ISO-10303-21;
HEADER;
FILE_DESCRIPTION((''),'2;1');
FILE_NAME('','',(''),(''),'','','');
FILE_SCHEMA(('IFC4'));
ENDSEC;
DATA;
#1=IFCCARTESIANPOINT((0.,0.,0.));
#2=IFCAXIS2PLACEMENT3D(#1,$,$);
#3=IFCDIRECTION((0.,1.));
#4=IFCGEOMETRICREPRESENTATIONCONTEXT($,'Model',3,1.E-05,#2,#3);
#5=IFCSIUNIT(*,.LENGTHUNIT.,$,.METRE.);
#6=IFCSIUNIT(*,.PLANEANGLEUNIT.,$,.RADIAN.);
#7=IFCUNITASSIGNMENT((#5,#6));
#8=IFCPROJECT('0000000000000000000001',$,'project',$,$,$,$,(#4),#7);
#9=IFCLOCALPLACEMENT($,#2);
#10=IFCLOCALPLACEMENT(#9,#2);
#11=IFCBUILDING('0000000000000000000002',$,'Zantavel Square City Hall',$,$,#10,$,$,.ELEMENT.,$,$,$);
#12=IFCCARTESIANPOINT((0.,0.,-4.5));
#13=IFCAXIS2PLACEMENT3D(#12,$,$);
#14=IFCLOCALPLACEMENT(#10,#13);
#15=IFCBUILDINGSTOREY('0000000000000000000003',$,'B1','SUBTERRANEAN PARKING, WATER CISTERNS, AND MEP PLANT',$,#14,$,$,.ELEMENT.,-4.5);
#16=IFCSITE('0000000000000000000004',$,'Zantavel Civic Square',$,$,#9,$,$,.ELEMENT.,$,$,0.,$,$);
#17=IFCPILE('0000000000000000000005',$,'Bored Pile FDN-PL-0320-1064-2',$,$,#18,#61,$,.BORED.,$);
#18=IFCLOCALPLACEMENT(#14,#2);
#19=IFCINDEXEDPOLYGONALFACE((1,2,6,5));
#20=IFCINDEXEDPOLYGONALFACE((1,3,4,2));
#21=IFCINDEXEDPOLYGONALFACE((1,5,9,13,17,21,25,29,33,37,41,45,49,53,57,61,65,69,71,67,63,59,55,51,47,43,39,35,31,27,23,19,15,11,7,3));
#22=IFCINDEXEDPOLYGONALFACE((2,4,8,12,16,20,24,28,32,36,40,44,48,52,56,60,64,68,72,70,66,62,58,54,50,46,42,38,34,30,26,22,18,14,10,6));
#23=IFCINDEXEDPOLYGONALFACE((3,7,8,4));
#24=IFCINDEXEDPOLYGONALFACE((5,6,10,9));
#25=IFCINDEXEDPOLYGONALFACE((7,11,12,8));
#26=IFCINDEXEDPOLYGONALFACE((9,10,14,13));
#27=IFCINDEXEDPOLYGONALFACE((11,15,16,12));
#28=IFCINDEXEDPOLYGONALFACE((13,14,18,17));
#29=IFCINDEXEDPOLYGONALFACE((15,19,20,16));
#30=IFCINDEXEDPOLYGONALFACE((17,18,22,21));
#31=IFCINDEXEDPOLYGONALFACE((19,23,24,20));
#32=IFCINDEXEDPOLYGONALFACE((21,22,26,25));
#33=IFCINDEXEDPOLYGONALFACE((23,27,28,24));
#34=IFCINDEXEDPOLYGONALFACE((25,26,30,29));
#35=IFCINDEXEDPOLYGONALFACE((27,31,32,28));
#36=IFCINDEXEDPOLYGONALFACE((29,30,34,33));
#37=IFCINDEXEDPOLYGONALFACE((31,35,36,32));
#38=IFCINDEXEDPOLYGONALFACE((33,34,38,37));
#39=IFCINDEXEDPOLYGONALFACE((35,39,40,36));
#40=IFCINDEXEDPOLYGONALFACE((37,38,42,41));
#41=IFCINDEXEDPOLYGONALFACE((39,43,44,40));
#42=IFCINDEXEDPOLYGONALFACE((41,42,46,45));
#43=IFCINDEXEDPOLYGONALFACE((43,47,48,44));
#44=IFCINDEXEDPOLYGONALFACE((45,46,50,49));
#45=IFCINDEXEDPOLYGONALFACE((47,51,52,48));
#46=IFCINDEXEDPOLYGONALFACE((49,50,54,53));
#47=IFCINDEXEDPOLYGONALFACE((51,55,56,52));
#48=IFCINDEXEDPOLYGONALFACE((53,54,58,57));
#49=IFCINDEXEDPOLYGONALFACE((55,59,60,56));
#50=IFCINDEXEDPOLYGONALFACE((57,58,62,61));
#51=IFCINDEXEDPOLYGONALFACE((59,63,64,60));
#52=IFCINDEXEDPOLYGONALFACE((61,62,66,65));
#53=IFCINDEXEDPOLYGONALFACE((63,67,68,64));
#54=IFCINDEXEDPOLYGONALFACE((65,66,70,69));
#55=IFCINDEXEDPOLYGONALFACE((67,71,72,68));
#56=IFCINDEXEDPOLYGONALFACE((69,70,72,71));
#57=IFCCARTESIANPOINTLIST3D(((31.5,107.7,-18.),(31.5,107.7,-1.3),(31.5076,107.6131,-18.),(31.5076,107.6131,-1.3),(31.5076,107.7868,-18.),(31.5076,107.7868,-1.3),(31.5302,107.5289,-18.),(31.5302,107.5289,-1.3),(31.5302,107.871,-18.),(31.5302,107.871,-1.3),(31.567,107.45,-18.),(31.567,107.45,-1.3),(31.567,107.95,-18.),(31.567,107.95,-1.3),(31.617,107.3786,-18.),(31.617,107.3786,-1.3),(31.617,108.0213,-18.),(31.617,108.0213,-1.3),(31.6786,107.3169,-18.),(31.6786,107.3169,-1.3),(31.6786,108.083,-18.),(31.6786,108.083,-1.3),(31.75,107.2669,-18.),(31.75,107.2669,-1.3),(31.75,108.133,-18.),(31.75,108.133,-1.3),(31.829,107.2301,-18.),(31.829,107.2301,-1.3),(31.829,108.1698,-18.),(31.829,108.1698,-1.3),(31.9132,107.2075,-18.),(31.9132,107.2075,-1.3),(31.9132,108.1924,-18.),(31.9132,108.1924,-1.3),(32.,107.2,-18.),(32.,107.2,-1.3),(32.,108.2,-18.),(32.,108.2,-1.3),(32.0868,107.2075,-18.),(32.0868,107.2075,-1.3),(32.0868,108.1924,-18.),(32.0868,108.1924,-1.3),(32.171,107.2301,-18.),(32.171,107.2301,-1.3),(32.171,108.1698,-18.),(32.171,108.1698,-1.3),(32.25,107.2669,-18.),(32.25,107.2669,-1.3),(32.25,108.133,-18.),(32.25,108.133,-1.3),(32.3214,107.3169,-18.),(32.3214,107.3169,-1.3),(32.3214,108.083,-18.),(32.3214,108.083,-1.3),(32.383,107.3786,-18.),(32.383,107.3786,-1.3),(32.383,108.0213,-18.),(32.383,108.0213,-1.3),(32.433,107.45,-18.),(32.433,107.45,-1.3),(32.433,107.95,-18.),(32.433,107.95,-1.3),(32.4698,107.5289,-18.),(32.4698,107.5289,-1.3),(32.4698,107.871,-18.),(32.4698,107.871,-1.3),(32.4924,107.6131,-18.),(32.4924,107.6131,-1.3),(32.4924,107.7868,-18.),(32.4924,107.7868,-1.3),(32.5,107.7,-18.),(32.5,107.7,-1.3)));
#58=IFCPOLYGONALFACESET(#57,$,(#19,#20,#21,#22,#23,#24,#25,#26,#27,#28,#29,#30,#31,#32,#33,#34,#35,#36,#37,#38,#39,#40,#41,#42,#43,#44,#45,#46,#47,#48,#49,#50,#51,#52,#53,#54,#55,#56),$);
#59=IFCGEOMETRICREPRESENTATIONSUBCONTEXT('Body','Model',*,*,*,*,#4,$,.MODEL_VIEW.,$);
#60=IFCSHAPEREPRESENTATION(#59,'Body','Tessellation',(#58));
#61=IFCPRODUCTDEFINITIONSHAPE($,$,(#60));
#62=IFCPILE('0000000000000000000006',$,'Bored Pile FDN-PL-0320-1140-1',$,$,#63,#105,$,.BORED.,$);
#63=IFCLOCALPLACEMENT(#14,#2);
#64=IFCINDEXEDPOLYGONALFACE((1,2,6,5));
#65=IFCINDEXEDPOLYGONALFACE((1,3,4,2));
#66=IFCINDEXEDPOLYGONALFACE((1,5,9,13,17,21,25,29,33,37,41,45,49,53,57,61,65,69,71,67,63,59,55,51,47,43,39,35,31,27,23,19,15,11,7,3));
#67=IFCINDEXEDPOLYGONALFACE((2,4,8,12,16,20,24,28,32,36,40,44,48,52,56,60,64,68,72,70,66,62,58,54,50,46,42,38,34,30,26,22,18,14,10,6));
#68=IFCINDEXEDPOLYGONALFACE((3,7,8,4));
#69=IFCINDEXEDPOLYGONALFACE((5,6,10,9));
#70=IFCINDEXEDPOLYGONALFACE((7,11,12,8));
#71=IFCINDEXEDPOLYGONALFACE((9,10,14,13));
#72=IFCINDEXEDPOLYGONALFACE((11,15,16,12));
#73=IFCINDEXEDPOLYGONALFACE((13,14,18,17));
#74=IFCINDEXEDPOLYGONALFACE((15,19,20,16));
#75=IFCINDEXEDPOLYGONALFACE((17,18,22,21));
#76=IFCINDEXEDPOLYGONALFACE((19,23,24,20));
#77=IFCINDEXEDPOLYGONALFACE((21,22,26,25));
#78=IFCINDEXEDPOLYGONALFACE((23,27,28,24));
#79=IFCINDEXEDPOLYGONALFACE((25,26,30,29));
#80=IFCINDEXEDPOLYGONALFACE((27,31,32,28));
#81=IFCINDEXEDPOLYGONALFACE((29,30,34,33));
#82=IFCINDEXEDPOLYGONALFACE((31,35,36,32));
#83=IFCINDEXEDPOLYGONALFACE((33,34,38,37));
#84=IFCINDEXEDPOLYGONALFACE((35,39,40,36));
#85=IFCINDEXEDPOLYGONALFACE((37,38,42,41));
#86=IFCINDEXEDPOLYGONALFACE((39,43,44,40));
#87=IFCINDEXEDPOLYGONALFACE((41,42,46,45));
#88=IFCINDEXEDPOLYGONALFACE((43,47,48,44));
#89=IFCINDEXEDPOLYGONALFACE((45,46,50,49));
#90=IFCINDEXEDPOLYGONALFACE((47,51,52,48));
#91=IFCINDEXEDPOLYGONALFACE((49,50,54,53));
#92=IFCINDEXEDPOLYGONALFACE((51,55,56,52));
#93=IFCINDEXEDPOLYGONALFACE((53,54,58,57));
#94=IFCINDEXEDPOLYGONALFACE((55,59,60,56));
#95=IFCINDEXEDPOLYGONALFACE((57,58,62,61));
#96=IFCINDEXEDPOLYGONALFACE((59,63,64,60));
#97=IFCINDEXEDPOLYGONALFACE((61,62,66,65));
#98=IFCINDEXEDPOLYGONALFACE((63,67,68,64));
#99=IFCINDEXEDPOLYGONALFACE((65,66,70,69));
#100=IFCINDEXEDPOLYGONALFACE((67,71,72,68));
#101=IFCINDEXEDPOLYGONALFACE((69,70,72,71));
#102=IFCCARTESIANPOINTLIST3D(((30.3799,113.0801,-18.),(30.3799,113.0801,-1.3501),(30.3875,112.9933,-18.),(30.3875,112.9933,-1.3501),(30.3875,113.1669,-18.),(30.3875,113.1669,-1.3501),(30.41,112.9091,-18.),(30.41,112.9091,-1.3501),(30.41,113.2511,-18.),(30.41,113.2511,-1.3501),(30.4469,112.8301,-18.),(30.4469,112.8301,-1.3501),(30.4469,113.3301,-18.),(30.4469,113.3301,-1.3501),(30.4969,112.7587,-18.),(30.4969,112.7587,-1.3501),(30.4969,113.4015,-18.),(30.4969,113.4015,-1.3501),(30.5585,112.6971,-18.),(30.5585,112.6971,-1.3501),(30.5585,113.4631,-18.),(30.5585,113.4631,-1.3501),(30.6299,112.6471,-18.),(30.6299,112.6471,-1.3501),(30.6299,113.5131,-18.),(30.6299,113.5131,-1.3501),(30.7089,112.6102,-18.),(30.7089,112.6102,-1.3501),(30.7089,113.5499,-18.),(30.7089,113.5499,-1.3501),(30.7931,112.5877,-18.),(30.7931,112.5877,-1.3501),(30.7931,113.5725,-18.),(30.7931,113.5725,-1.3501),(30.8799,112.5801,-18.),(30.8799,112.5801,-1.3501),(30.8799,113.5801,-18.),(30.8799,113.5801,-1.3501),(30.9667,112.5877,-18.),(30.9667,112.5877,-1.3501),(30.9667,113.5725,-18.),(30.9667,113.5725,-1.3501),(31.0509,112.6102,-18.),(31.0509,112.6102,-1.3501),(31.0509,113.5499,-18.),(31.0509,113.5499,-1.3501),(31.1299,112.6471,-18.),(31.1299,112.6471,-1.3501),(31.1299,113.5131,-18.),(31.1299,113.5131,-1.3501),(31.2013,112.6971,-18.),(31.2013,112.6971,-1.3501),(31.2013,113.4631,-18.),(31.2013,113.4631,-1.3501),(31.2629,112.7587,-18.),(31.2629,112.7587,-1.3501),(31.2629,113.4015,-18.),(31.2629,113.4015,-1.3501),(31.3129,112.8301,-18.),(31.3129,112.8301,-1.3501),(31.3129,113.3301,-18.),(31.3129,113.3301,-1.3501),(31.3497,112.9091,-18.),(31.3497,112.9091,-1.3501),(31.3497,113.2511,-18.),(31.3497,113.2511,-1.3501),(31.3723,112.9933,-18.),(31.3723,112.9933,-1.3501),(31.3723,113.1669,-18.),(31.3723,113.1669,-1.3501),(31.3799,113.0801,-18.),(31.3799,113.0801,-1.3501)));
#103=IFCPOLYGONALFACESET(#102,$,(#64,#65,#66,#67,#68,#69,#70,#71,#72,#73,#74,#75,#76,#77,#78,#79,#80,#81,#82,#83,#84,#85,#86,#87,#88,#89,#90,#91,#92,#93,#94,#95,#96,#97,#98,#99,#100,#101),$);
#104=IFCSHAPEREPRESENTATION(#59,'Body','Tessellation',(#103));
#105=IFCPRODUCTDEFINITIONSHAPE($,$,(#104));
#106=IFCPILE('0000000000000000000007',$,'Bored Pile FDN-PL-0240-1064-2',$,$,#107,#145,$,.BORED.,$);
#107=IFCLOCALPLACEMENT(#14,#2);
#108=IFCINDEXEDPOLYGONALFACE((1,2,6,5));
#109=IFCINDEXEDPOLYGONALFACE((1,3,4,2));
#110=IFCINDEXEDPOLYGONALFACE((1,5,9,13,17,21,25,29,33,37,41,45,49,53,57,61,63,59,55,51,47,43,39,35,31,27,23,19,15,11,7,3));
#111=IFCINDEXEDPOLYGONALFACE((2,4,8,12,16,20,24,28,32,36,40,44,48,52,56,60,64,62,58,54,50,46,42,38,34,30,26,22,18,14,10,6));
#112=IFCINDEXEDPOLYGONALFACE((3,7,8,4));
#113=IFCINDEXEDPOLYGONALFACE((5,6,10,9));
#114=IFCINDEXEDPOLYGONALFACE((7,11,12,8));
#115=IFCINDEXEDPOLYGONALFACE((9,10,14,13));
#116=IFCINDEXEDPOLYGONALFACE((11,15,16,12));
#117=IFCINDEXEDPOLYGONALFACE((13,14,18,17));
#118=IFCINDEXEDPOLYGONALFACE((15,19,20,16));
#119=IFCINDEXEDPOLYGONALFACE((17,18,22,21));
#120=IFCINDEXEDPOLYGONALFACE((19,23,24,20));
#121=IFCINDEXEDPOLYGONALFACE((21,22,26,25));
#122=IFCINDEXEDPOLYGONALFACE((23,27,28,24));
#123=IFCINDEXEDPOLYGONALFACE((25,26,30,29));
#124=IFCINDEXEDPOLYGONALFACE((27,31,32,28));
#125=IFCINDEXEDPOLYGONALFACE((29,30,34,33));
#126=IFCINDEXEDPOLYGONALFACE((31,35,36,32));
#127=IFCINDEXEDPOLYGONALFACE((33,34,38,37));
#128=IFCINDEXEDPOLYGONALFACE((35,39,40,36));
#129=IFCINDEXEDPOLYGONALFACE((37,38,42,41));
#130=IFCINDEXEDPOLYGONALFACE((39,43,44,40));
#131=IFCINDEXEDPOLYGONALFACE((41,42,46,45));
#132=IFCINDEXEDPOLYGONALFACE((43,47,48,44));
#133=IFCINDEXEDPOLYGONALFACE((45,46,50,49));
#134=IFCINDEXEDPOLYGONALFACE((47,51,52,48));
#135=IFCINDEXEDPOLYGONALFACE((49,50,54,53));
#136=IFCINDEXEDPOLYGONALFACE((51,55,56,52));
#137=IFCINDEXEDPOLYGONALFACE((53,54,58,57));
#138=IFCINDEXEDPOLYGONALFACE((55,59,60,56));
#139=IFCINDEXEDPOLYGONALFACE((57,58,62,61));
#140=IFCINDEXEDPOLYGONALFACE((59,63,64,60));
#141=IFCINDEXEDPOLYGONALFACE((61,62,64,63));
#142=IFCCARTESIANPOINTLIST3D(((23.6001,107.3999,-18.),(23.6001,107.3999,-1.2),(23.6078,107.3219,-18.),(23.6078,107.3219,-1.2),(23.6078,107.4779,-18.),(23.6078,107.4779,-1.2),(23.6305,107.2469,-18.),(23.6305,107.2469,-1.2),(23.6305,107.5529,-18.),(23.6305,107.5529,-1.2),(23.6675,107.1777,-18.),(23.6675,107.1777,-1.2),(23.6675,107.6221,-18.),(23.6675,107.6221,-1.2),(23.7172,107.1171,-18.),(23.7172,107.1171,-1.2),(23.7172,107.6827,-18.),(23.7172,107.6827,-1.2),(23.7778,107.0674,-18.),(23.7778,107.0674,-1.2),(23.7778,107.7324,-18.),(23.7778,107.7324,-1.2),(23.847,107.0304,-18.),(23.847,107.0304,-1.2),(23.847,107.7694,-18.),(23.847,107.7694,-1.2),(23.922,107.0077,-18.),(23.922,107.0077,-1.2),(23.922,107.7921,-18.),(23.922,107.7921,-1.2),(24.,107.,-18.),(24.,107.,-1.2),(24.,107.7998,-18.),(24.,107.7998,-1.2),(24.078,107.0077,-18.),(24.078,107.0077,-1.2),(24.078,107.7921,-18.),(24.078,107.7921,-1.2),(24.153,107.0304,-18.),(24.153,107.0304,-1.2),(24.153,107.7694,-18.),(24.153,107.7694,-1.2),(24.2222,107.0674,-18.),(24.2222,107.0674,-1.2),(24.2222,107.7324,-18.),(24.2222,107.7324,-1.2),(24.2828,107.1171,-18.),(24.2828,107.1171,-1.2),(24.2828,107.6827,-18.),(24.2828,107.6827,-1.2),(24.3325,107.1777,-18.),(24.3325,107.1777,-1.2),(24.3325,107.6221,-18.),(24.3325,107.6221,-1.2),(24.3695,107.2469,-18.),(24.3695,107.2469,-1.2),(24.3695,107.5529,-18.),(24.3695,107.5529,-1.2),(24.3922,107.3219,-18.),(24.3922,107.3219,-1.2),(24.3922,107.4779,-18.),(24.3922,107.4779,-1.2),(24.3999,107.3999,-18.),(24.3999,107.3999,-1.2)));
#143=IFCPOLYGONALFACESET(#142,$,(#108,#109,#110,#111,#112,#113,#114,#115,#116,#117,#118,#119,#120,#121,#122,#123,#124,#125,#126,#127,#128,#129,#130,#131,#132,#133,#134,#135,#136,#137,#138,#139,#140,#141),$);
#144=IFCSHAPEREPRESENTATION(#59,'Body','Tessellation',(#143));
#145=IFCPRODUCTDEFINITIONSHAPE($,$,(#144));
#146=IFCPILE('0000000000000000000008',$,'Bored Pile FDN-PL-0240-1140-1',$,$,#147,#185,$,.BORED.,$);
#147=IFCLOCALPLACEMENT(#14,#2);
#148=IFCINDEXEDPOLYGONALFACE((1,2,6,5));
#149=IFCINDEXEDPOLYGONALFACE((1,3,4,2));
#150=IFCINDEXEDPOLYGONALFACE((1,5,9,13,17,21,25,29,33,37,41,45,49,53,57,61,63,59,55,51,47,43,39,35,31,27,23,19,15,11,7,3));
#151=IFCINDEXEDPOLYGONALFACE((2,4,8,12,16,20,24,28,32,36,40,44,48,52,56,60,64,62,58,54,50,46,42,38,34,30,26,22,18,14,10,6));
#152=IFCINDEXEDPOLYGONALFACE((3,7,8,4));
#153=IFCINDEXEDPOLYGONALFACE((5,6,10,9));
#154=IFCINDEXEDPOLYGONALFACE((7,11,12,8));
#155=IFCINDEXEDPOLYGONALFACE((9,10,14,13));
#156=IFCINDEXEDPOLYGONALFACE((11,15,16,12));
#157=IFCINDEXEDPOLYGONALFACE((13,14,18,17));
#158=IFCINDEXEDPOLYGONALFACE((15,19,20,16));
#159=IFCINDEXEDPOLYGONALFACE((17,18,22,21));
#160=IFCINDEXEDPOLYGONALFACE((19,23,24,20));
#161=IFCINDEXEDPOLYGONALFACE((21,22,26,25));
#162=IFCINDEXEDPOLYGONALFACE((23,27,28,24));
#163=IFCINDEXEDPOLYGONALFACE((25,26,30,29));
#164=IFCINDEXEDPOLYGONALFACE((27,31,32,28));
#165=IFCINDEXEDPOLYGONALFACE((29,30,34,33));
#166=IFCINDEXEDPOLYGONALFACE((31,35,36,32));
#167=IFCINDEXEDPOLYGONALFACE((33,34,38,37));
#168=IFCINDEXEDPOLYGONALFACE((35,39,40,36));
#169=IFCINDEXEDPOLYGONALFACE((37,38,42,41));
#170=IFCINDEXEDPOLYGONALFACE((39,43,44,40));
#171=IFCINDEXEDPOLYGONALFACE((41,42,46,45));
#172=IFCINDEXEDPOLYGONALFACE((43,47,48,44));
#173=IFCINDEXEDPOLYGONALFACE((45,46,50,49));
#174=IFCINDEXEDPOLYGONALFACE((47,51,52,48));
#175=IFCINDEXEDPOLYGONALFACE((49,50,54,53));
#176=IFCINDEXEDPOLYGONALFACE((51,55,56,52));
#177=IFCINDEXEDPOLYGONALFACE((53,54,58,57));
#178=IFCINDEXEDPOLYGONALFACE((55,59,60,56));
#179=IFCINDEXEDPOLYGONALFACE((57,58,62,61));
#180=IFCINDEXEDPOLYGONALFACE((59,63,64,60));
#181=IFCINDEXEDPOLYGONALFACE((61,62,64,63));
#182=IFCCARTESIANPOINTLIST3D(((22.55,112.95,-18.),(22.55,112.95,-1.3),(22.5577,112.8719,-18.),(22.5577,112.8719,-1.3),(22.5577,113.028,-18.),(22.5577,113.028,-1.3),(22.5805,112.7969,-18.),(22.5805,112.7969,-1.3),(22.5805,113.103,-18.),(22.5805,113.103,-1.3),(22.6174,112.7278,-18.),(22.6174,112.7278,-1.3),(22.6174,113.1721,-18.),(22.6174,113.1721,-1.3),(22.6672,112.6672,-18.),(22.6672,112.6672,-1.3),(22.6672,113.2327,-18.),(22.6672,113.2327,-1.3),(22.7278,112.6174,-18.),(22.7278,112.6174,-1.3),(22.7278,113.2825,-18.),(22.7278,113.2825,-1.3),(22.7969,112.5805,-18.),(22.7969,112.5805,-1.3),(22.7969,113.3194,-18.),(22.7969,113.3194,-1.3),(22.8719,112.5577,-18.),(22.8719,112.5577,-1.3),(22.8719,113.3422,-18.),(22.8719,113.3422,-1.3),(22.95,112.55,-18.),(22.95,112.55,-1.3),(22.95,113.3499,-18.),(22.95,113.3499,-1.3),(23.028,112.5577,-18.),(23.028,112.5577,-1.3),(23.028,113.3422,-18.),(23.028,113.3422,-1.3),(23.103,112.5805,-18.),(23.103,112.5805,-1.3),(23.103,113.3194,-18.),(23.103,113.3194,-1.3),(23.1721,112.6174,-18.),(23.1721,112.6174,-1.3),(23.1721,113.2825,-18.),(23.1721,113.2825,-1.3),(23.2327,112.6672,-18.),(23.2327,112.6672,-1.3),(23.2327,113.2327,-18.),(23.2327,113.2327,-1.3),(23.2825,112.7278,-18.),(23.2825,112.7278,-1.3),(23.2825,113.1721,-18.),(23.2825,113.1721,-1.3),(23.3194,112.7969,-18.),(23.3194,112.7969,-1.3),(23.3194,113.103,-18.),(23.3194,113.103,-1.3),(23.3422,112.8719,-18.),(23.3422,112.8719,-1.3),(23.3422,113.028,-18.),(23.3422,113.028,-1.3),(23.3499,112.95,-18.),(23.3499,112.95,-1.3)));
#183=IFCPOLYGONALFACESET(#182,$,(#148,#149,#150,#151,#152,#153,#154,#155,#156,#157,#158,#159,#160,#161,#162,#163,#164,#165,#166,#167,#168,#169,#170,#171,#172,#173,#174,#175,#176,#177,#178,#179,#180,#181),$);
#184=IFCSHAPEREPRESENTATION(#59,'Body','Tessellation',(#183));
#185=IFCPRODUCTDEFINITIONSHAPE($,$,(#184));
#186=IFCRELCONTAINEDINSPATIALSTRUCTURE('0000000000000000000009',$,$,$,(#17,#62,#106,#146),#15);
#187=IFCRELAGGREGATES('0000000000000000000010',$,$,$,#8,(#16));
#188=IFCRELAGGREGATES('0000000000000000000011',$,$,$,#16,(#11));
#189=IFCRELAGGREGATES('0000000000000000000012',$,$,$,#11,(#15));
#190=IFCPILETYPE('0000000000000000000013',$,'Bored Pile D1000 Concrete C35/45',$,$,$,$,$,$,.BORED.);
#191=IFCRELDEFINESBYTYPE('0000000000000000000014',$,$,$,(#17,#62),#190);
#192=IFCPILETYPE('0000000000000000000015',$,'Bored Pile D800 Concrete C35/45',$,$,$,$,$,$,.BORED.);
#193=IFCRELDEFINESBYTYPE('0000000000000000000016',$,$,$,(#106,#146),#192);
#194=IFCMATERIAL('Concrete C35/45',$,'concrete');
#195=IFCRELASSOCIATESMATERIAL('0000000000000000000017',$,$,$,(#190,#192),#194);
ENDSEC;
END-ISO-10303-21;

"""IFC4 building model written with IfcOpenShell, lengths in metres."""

from ifc_helpers import new_model, si_unit, direction, frame, origin, origin_2d, place, context, subcontext, project, spatial, circle, extrude, material, material_profile, profile_set, type_object, element, save


model = new_model("IFC4")

# Units and contexts
model_context = context("Model", 3, precision=1e-05, world=origin(), true_north=direction((0.0, 1.0)))
body_context = subcontext(model_context, "Body", "Model", "MODEL_VIEW")
ifc_project = project(units=[si_unit("LENGTHUNIT", "METRE"), si_unit("PLANEANGLEUNIT", "RADIAN")], contexts=[model_context])

# Site, building, storey
site_placement = place(None, origin())
site = spatial("IfcSite", under=ifc_project, at=site_placement, Name="Zantavel Civic Square", CompositionType="ELEMENT", RefElevation=0.0)
building_placement = place(site_placement, origin())
building = spatial("IfcBuilding", under=site, at=building_placement, Name="Zantavel Square City Hall", CompositionType="ELEMENT")
storey_placement = place(building_placement, frame((0.0, 0.0, -4.5)))
storey = spatial("IfcBuildingStorey", under=building, at=storey_placement, Name="B1", Description="SUBTERRANEAN PARKING, WATER CISTERNS, AND MEP PLANT", CompositionType="ELEMENT", Elevation=-4.5)

# Piles
ifc_material_1 = material(Name="Concrete C35/45", Category="concrete")
ifc_material_profile_1 = material_profile(ifc_material_1, circle(Radius=0.5, at=origin_2d()), Name="PILE D1000")
ifc_profile_set_1 = profile_set([ifc_material_profile_1], Name="Concrete C35/45")
pile_type_1 = type_object("IfcPileType", Name="Bored Pile D1000 Concrete C35/45", PredefinedType="BORED", material=ifc_profile_set_1)
pile_1_placement = place(storey_placement, frame((32.0, 107.7, -1.3), z_axis=(0.0, 0.0, -1.0), x_axis=(1.0, 0.0, 0.0)))
element("IfcPile", 1, at=pile_1_placement, inside=storey, type_object=pile_type_1, Name="Bored Pile FDN-PL-0320-1064-2", PredefinedType="BORED", context=body_context, shape_type="SweptSolid", body=[
    extrude(circle(Radius=0.5, at=origin_2d()), origin(), (0.0, 0.0, 1.0), 16.7),
])
pile_2_placement = place(storey_placement, frame((30.8799, 113.0801, -1.3501), z_axis=(0.0, 0.0, -1.0), x_axis=(1.0, 0.0, 0.0)))
element("IfcPile", 2, at=pile_2_placement, inside=storey, type_object=pile_type_1, Name="Bored Pile FDN-PL-0320-1140-1", PredefinedType="BORED", context=body_context, shape_type="SweptSolid", body=[
    extrude(circle(Radius=0.5, at=origin_2d()), origin(), (0.0, 0.0, 1.0), 16.6499),
])
ifc_material_profile_2 = material_profile(ifc_material_1, circle(Radius=0.3999, at=origin_2d()), Name="PILE D800")
ifc_profile_set_2 = profile_set([ifc_material_profile_2], Name="Concrete C35/45")
pile_type_2 = type_object("IfcPileType", Name="Bored Pile D800 Concrete C35/45", PredefinedType="BORED", material=ifc_profile_set_2)
pile_3_placement = place(storey_placement, frame((24.0, 107.3999, -1.2), z_axis=(0.0, 0.0, -1.0), x_axis=(1.0, 0.0, 0.0)))
element("IfcPile", 3, at=pile_3_placement, inside=storey, type_object=pile_type_2, Name="Bored Pile FDN-PL-0240-1064-2", PredefinedType="BORED", context=body_context, shape_type="SweptSolid", body=[
    extrude(circle(Radius=0.3999, at=origin_2d()), origin(), (0.0, 0.0, 1.0), 16.8),
])
for number, where, z_axis, x_axis, name in (
    (4, (22.95, 112.95, -1.3), (0.0, 0.0, -1.0), (1.0, 0.0, 0.0), "Bored Pile FDN-PL-0240-1140-1"),
):
    element("IfcPile", number, at=place(storey_placement, frame(where, z_axis=z_axis, x_axis=x_axis)), inside=storey, type_object=pile_type_2, Name=name, PredefinedType="BORED", context=body_context, shape_type="SweptSolid", body=[
        extrude(circle(Radius=0.3999, at=origin_2d()), origin(), (0.0, 0.0, 1.0), 16.7),
    ])

save(model, "model.ifc")
